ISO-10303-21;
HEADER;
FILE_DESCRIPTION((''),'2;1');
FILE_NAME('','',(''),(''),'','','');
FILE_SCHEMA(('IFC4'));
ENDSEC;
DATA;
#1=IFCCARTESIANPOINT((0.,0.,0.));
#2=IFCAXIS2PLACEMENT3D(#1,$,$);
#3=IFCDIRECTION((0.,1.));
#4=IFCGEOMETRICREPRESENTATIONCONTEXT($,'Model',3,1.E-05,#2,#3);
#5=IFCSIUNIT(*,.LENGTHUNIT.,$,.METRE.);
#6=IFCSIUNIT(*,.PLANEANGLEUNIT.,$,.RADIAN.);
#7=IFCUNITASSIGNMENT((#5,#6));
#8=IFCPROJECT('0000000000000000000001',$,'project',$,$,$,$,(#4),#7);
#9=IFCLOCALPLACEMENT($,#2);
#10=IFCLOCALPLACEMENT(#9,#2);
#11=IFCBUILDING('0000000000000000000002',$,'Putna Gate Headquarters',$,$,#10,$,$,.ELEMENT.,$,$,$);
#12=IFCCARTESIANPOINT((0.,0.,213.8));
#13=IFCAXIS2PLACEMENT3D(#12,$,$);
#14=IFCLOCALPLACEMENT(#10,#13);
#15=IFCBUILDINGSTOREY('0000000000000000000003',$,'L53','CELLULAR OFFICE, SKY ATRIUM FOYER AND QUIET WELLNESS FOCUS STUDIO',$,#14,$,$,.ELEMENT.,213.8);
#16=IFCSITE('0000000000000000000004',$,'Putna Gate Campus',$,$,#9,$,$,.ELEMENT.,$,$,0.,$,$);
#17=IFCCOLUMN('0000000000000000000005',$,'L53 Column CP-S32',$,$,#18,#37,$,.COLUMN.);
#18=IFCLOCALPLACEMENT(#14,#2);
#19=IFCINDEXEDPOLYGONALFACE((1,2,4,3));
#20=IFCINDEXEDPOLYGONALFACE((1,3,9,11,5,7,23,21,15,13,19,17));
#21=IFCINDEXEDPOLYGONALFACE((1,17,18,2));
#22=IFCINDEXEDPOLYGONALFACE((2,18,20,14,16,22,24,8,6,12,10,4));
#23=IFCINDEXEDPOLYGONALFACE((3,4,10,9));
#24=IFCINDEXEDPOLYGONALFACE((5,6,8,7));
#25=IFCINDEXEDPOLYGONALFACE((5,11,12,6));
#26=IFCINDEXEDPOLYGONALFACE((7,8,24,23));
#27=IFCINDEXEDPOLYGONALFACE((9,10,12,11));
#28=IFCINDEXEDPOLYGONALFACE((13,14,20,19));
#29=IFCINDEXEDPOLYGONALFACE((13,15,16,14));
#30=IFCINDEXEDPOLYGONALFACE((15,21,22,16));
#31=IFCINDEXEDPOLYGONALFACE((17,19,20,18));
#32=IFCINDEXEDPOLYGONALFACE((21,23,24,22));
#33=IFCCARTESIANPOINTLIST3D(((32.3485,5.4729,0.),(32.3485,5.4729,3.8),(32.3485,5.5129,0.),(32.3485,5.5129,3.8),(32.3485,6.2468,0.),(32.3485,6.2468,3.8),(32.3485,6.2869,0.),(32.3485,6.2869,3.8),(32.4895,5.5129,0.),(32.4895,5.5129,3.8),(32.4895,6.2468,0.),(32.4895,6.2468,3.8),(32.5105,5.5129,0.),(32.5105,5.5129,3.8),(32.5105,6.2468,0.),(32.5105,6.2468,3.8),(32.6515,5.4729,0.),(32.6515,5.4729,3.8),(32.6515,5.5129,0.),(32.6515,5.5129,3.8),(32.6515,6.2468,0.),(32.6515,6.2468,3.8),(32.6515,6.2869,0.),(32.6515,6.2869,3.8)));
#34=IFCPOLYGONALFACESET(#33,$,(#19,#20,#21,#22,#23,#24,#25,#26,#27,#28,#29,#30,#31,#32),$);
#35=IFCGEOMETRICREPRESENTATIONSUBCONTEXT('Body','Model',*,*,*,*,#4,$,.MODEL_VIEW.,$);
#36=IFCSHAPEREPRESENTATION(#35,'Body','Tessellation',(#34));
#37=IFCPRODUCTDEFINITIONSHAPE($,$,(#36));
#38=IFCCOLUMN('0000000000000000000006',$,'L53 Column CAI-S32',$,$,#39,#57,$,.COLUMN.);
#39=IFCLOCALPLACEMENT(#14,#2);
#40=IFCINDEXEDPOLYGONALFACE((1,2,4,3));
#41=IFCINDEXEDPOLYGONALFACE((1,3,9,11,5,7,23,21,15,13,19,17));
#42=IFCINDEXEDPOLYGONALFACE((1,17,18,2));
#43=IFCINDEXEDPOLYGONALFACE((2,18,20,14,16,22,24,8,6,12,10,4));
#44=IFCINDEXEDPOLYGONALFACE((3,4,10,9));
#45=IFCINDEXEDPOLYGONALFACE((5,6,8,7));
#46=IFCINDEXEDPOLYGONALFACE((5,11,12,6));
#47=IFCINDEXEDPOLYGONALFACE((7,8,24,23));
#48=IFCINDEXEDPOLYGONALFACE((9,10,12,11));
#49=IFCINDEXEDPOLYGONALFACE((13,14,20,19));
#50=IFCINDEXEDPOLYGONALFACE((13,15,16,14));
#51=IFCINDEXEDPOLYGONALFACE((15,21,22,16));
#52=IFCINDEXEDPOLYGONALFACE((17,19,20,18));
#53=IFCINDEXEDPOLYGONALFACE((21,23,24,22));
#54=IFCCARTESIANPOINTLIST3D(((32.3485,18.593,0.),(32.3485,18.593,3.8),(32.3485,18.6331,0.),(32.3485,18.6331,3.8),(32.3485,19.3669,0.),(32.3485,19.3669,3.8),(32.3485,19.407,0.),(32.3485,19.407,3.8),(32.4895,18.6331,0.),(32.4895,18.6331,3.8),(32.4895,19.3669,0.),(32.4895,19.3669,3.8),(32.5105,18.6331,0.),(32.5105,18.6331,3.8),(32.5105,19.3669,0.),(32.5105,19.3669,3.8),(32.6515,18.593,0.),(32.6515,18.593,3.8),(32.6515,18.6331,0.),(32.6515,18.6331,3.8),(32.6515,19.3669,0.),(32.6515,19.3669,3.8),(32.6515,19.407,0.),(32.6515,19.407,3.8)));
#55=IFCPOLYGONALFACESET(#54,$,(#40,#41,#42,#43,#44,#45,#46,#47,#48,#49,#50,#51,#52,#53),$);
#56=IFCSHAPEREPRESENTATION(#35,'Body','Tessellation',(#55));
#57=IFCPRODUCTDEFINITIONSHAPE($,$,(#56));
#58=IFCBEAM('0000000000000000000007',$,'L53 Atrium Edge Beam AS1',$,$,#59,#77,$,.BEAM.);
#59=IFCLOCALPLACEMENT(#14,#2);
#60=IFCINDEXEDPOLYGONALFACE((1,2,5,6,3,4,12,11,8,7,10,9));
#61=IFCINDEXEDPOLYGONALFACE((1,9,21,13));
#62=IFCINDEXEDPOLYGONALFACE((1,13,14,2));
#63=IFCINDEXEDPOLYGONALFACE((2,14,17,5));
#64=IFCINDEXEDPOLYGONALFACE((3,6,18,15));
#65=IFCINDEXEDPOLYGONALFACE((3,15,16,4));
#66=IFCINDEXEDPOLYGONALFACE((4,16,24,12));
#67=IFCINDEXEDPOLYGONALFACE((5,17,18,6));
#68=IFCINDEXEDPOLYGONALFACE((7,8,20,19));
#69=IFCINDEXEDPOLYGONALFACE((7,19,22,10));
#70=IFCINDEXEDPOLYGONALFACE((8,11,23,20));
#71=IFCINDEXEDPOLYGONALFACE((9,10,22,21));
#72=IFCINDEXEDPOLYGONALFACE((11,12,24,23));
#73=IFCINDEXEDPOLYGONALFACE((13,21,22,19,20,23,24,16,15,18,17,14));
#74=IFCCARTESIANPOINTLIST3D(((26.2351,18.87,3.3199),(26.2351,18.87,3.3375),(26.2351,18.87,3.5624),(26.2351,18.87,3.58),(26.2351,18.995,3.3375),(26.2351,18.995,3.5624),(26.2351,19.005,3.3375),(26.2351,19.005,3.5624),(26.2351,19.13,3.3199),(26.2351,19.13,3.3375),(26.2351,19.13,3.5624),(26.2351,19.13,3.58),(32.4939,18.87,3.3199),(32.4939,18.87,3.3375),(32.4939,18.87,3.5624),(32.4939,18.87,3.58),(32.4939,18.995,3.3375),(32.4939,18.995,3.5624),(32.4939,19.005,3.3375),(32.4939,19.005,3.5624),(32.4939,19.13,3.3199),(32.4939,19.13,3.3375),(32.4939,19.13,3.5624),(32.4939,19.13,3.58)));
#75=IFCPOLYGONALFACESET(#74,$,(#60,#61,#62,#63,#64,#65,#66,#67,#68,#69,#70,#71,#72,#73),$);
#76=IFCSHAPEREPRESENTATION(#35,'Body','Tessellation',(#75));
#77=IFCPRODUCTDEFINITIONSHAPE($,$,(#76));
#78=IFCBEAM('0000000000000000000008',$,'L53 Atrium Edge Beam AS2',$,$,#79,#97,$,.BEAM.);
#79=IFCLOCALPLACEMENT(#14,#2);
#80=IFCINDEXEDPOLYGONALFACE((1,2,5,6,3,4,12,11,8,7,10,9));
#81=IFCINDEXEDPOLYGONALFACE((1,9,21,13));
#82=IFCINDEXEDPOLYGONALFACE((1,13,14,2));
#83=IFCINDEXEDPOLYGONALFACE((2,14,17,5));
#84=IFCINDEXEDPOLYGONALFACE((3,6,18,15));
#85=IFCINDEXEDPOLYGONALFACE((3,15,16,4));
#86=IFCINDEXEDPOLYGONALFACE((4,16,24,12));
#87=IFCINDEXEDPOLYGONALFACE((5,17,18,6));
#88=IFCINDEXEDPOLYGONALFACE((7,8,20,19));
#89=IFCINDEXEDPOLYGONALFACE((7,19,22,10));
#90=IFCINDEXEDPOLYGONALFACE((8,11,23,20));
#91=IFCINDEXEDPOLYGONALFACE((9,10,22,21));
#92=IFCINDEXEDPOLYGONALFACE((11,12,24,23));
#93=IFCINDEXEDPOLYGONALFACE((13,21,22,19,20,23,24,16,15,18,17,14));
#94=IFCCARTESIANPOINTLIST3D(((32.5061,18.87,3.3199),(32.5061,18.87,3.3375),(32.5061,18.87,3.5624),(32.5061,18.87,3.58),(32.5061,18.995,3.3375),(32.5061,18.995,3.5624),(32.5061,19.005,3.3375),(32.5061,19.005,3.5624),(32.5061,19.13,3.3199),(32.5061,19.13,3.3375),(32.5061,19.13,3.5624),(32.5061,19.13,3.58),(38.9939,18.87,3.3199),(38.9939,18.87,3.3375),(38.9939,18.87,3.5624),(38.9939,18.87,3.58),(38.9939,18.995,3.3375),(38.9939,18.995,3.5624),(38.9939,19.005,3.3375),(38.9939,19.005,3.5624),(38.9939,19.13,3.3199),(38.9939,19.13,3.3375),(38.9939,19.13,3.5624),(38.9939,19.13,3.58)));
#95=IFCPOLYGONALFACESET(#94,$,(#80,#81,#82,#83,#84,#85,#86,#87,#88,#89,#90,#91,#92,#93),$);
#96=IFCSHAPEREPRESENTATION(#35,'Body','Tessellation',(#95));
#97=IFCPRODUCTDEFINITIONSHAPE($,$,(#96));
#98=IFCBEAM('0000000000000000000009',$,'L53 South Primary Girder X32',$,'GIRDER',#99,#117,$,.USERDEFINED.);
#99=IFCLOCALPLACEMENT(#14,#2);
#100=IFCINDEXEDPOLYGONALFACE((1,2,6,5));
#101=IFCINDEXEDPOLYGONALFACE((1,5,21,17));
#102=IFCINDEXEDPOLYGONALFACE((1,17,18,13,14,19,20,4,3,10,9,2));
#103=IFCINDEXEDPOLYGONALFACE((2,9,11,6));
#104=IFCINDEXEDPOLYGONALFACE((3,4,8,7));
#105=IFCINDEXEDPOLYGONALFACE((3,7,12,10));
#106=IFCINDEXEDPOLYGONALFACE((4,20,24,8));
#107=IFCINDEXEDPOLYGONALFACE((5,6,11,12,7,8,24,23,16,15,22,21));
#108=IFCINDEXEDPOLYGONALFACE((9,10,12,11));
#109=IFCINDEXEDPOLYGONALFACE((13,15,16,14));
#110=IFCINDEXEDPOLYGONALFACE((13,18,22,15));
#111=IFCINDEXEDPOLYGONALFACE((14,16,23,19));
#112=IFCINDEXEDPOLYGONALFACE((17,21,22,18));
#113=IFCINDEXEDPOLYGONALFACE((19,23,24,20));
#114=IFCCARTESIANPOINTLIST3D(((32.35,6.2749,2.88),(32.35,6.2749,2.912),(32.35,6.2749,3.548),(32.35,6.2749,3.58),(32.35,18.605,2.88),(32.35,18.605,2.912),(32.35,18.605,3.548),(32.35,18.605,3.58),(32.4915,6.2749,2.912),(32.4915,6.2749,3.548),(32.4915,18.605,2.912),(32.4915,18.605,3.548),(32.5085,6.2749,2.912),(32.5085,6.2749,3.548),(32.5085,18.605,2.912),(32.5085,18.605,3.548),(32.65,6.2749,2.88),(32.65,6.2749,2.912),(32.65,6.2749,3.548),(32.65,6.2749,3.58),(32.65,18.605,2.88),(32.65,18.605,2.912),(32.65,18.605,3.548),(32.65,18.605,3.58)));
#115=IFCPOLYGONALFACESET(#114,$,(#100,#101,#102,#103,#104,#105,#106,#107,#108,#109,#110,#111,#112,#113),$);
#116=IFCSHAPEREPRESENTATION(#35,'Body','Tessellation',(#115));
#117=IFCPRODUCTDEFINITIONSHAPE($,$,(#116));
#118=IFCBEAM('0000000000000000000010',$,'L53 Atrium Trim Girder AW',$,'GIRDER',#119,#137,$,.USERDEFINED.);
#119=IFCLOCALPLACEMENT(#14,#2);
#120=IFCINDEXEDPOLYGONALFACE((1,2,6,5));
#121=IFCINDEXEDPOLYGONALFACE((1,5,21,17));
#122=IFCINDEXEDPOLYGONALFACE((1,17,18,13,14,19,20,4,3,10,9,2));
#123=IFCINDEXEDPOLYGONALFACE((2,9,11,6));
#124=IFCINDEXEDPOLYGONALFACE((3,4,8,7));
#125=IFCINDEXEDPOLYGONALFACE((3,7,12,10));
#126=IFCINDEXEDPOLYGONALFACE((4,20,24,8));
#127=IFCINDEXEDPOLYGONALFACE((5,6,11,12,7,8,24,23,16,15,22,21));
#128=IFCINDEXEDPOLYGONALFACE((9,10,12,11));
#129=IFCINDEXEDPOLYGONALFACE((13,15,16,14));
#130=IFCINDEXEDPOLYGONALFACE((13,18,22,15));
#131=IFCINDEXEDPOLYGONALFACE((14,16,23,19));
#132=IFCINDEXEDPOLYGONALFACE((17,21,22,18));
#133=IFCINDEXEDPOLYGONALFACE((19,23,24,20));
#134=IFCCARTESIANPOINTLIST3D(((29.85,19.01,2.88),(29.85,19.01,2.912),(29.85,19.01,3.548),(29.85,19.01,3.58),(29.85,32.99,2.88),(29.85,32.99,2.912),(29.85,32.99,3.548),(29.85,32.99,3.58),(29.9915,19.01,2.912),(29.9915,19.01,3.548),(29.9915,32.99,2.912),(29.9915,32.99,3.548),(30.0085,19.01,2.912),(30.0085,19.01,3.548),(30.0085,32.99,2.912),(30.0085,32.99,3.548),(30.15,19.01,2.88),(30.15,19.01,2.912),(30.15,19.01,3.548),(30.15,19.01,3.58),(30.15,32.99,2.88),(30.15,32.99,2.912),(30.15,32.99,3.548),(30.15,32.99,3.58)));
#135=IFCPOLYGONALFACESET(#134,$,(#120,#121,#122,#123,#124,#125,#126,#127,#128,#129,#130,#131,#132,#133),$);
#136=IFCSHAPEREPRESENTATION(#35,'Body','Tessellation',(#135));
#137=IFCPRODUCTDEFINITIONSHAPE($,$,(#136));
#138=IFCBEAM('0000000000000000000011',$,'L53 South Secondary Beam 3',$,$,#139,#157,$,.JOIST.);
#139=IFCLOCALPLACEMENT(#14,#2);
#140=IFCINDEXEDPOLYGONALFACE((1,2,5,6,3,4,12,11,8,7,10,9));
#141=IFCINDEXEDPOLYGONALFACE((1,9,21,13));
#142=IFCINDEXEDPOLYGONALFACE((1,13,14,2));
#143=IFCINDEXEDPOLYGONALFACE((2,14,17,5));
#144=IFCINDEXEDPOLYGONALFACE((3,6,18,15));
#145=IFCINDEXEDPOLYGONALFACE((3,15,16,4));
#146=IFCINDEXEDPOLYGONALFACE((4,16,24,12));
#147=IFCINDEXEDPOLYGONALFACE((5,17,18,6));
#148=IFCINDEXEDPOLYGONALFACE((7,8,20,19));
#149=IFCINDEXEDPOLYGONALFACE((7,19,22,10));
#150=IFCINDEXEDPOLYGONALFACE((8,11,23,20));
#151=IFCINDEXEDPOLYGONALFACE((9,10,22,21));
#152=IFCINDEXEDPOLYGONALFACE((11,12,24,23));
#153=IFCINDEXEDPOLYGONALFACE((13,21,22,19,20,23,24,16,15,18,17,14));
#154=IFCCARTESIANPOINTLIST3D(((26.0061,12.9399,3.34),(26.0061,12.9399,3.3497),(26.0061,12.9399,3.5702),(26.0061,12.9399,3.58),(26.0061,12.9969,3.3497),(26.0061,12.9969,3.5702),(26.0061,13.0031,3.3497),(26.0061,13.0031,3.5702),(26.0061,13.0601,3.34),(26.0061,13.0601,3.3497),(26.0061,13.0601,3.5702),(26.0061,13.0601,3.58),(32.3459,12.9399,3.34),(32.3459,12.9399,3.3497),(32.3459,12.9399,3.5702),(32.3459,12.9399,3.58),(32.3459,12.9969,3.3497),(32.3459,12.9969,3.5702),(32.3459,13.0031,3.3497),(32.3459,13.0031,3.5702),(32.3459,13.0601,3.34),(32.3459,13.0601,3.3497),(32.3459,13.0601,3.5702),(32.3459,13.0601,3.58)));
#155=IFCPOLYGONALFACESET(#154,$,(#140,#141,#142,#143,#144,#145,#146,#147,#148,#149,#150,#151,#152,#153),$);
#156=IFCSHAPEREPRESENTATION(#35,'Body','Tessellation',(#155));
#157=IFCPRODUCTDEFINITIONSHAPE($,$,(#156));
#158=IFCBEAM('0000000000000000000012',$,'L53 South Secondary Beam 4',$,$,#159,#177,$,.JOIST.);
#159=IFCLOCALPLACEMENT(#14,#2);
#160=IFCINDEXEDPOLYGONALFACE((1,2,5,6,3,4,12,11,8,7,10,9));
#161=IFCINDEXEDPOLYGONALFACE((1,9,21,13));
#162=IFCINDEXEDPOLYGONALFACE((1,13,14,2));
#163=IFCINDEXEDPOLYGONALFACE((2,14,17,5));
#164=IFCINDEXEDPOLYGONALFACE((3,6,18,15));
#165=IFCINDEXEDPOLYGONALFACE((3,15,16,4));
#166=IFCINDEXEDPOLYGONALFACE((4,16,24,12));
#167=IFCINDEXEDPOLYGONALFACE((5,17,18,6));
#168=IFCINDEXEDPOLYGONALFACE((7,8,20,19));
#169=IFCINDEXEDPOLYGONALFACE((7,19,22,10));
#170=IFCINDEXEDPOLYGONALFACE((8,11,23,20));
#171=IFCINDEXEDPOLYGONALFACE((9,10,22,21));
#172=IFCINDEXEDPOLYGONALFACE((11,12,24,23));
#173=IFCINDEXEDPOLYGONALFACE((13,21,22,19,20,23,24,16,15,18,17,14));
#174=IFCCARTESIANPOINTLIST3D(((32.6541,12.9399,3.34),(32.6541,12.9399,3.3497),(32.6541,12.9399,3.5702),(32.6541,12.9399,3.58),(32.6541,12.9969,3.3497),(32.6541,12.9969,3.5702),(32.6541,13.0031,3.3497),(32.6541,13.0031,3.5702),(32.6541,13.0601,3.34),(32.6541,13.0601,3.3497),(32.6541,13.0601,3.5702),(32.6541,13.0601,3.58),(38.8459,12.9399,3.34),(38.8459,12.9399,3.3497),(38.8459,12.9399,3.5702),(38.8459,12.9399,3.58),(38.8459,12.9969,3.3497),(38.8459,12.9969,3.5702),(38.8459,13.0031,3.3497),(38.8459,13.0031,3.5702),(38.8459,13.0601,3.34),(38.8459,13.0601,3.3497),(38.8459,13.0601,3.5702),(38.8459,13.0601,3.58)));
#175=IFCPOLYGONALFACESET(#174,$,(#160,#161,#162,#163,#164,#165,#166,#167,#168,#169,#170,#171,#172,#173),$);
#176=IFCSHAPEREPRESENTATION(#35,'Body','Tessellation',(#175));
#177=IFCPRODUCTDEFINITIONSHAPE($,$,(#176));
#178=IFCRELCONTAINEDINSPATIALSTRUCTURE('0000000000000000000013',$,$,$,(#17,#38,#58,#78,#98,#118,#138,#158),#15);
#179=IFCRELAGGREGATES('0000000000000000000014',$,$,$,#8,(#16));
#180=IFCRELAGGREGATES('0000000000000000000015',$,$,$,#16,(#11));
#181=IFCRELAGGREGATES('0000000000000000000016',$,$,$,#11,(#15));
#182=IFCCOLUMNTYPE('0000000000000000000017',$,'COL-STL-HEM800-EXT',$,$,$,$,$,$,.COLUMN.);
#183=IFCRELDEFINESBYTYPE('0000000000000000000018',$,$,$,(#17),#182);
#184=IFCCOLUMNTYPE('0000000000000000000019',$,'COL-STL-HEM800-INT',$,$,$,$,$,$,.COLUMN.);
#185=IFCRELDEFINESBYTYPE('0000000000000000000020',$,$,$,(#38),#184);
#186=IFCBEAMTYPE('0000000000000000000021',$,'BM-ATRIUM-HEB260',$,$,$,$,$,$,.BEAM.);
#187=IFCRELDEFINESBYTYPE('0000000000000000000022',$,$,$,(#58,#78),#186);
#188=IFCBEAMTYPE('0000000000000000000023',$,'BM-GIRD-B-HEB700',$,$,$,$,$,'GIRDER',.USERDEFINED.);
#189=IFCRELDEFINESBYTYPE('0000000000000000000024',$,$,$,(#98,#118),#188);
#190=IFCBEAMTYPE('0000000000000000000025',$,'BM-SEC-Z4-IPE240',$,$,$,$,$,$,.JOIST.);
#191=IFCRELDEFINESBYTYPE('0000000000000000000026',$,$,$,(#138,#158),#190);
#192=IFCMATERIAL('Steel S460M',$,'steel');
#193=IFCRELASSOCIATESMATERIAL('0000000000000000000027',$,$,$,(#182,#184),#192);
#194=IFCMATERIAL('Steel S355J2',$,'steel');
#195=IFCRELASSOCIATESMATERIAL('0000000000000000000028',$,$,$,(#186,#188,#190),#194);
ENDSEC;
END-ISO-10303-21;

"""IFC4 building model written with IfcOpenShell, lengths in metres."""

from ifc_helpers import new_model, si_unit, direction, frame, origin, origin_2d, place, context, subcontext, project, spatial, i_section, extrude, material, material_profile, profile_set, type_object, element, save


model = new_model("IFC4")

# Units and contexts
model_context = context("Model", 3, precision=1e-05, world=origin(), true_north=direction((0.0, 1.0)))
body_context = subcontext(model_context, "Body", "Model", "MODEL_VIEW")
ifc_project = project(units=[si_unit("LENGTHUNIT", "METRE"), si_unit("PLANEANGLEUNIT", "RADIAN")], contexts=[model_context])

# Site, building, storey
site_placement = place(None, origin())
site = spatial("IfcSite", under=ifc_project, at=site_placement, Name="Putna Gate Campus", CompositionType="ELEMENT", RefElevation=0.0)
building_placement = place(site_placement, origin())
building = spatial("IfcBuilding", under=site, at=building_placement, Name="Putna Gate Headquarters", CompositionType="ELEMENT")
storey_placement = place(building_placement, frame((0.0, 0.0, 213.8)))
storey = spatial("IfcBuildingStorey", under=building, at=storey_placement, Name="L53", Description="CELLULAR OFFICE, SKY ATRIUM FOYER AND QUIET WELLNESS FOCUS STUDIO", CompositionType="ELEMENT", Elevation=213.8)

# Columns
ifc_material_1 = material(Name="Steel S460M", Category="steel")
ifc_material_profile_1 = material_profile(ifc_material_1, i_section(OverallWidth=0.303, OverallDepth=0.814, WebThickness=0.021, FlangeThickness=0.04, at=origin_2d()), Name="Steel S460M")
ifc_profile_set_1 = profile_set([ifc_material_profile_1], Name="Steel S460M")
column_type_1 = type_object("IfcColumnType", Name="COL-STL-HEM800-EXT", PredefinedType="COLUMN", material=ifc_profile_set_1)
column_1_placement = place(storey_placement, frame((32.5, 5.8799, 0.0), z_axis=(0.0, 0.0, 1.0), x_axis=(1.0, 0.0, 0.0)))
element("IfcColumn", 1, at=column_1_placement, inside=storey, type_object=column_type_1, Name="L53 Column CP-S32", PredefinedType="COLUMN", context=body_context, shape_type="SweptSolid", body=[
    extrude(i_section(OverallWidth=0.303, OverallDepth=0.814, WebThickness=0.021, FlangeThickness=0.04, at=origin_2d()), origin(), (0.0, 0.0, 1.0), 3.8),
])
ifc_material_profile_2 = material_profile(ifc_material_1, i_section(OverallWidth=0.303, OverallDepth=0.814, WebThickness=0.021, FlangeThickness=0.04, at=origin_2d()), Name="Steel S460M")
ifc_profile_set_2 = profile_set([ifc_material_profile_2], Name="Steel S460M")
column_type_2 = type_object("IfcColumnType", Name="COL-STL-HEM800-INT", PredefinedType="COLUMN", material=ifc_profile_set_2)
column_2_placement = place(storey_placement, frame((32.5, 19.0, 0.0), z_axis=(0.0, 0.0, 1.0), x_axis=(1.0, 0.0, 0.0)))
element("IfcColumn", 2, at=column_2_placement, inside=storey, type_object=column_type_2, Name="L53 Column CAI-S32", PredefinedType="COLUMN", context=body_context, shape_type="SweptSolid", body=[
    extrude(i_section(OverallWidth=0.303, OverallDepth=0.814, WebThickness=0.021, FlangeThickness=0.04, at=origin_2d()), origin(), (0.0, 0.0, 1.0), 3.8),
])

# Beams
ifc_material_2 = material(Name="Steel S355J2", Category="steel")
ifc_material_profile_3 = material_profile(ifc_material_2, i_section(OverallWidth=0.26, OverallDepth=0.26, WebThickness=0.01, FlangeThickness=0.0176, at=origin_2d()), Name="Steel S355J2")
ifc_profile_set_3 = profile_set([ifc_material_profile_3], Name="Steel S355J2")
beam_type_1 = type_object("IfcBeamType", Name="BM-ATRIUM-HEB260", PredefinedType="BEAM", material=ifc_profile_set_3)
beam_1_placement = place(storey_placement, frame((26.2351, 19.0, 3.45), z_axis=(1.0, 0.0, 0.0), x_axis=(0.0, 1.0, 0.0)))
element("IfcBeam", 3, at=beam_1_placement, inside=storey, type_object=beam_type_1, Name="L53 Atrium Edge Beam AS1", PredefinedType="BEAM", context=body_context, shape_type="SweptSolid", body=[
    extrude(i_section(OverallWidth=0.26, OverallDepth=0.26, WebThickness=0.01, FlangeThickness=0.0176, at=origin_2d()), origin(), (0.0, 0.0, 1.0), 6.2588),
])
beam_2_placement = place(storey_placement, frame((32.5061, 19.0, 3.45), z_axis=(1.0, 0.0, 0.0), x_axis=(0.0, 1.0, 0.0)))
element("IfcBeam", 4, at=beam_2_placement, inside=storey, type_object=beam_type_1, Name="L53 Atrium Edge Beam AS2", PredefinedType="BEAM", context=body_context, shape_type="SweptSolid", body=[
    extrude(i_section(OverallWidth=0.26, OverallDepth=0.26, WebThickness=0.01, FlangeThickness=0.0176, at=origin_2d()), origin(), (0.0, 0.0, 1.0), 6.4878),
])
ifc_material_profile_4 = material_profile(ifc_material_2, i_section(OverallWidth=0.3, OverallDepth=0.7, WebThickness=0.0171, FlangeThickness=0.032, at=origin_2d()), Name="Steel S355J2")
ifc_profile_set_4 = profile_set([ifc_material_profile_4], Name="Steel S355J2")
beam_type_2 = type_object("IfcBeamType", Name="BM-GIRD-B-HEB700", ElementType="GIRDER", PredefinedType="USERDEFINED", material=ifc_profile_set_4)
beam_3_placement = place(storey_placement, frame((32.5, 6.2749, 3.23), z_axis=(0.0, 1.0, 0.0), x_axis=(-1.0, 0.0, 0.0)))
element("IfcBeam", 5, at=beam_3_placement, inside=storey, type_object=beam_type_2, Name="L53 South Primary Girder X32", ObjectType="GIRDER", PredefinedType="USERDEFINED", context=body_context, shape_type="SweptSolid", body=[
    extrude(i_section(OverallWidth=0.3, OverallDepth=0.7, WebThickness=0.0171, FlangeThickness=0.032, at=origin_2d()), origin(), (0.0, 0.0, 1.0), 12.3301),
])
beam_4_placement = place(storey_placement, frame((30.0, 19.01, 3.23), z_axis=(0.0, 1.0, 0.0), x_axis=(-1.0, 0.0, 0.0)))
element("IfcBeam", 6, at=beam_4_placement, inside=storey, type_object=beam_type_2, Name="L53 Atrium Trim Girder AW", ObjectType="GIRDER", PredefinedType="USERDEFINED", context=body_context, shape_type="SweptSolid", body=[
    extrude(i_section(OverallWidth=0.3, OverallDepth=0.7, WebThickness=0.0171, FlangeThickness=0.032, at=origin_2d()), origin(), (0.0, 0.0, 1.0), 13.98),
])
ifc_material_profile_5 = material_profile(ifc_material_2, i_section(OverallWidth=0.1201, OverallDepth=0.24, WebThickness=0.0061, FlangeThickness=0.0098, at=origin_2d()), Name="Steel S355J2")
ifc_profile_set_5 = profile_set([ifc_material_profile_5], Name="Steel S355J2")
beam_type_3 = type_object("IfcBeamType", Name="BM-SEC-Z4-IPE240", PredefinedType="JOIST", material=ifc_profile_set_5)
beam_5_placement = place(storey_placement, frame((26.0061, 13.0, 3.46), z_axis=(1.0, 0.0, 0.0), x_axis=(0.0, 1.0, 0.0)))
element("IfcBeam", 7, at=beam_5_placement, inside=storey, type_object=beam_type_3, Name="L53 South Secondary Beam 3", PredefinedType="JOIST", context=body_context, shape_type="SweptSolid", body=[
    extrude(i_section(OverallWidth=0.1201, OverallDepth=0.24, WebThickness=0.0061, FlangeThickness=0.0098, at=origin_2d()), origin(), (0.0, 0.0, 1.0), 6.3398),
])
beam_6_placement = place(storey_placement, frame((32.6541, 13.0, 3.46), z_axis=(1.0, 0.0, 0.0), x_axis=(0.0, 1.0, 0.0)))
element("IfcBeam", 8, at=beam_6_placement, inside=storey, type_object=beam_type_3, Name="L53 South Secondary Beam 4", PredefinedType="JOIST", context=body_context, shape_type="SweptSolid", body=[
    extrude(i_section(OverallWidth=0.1201, OverallDepth=0.24, WebThickness=0.0061, FlangeThickness=0.0098, at=origin_2d()), origin(), (0.0, 0.0, 1.0), 6.1919),
])

save(model, "model.ifc")
